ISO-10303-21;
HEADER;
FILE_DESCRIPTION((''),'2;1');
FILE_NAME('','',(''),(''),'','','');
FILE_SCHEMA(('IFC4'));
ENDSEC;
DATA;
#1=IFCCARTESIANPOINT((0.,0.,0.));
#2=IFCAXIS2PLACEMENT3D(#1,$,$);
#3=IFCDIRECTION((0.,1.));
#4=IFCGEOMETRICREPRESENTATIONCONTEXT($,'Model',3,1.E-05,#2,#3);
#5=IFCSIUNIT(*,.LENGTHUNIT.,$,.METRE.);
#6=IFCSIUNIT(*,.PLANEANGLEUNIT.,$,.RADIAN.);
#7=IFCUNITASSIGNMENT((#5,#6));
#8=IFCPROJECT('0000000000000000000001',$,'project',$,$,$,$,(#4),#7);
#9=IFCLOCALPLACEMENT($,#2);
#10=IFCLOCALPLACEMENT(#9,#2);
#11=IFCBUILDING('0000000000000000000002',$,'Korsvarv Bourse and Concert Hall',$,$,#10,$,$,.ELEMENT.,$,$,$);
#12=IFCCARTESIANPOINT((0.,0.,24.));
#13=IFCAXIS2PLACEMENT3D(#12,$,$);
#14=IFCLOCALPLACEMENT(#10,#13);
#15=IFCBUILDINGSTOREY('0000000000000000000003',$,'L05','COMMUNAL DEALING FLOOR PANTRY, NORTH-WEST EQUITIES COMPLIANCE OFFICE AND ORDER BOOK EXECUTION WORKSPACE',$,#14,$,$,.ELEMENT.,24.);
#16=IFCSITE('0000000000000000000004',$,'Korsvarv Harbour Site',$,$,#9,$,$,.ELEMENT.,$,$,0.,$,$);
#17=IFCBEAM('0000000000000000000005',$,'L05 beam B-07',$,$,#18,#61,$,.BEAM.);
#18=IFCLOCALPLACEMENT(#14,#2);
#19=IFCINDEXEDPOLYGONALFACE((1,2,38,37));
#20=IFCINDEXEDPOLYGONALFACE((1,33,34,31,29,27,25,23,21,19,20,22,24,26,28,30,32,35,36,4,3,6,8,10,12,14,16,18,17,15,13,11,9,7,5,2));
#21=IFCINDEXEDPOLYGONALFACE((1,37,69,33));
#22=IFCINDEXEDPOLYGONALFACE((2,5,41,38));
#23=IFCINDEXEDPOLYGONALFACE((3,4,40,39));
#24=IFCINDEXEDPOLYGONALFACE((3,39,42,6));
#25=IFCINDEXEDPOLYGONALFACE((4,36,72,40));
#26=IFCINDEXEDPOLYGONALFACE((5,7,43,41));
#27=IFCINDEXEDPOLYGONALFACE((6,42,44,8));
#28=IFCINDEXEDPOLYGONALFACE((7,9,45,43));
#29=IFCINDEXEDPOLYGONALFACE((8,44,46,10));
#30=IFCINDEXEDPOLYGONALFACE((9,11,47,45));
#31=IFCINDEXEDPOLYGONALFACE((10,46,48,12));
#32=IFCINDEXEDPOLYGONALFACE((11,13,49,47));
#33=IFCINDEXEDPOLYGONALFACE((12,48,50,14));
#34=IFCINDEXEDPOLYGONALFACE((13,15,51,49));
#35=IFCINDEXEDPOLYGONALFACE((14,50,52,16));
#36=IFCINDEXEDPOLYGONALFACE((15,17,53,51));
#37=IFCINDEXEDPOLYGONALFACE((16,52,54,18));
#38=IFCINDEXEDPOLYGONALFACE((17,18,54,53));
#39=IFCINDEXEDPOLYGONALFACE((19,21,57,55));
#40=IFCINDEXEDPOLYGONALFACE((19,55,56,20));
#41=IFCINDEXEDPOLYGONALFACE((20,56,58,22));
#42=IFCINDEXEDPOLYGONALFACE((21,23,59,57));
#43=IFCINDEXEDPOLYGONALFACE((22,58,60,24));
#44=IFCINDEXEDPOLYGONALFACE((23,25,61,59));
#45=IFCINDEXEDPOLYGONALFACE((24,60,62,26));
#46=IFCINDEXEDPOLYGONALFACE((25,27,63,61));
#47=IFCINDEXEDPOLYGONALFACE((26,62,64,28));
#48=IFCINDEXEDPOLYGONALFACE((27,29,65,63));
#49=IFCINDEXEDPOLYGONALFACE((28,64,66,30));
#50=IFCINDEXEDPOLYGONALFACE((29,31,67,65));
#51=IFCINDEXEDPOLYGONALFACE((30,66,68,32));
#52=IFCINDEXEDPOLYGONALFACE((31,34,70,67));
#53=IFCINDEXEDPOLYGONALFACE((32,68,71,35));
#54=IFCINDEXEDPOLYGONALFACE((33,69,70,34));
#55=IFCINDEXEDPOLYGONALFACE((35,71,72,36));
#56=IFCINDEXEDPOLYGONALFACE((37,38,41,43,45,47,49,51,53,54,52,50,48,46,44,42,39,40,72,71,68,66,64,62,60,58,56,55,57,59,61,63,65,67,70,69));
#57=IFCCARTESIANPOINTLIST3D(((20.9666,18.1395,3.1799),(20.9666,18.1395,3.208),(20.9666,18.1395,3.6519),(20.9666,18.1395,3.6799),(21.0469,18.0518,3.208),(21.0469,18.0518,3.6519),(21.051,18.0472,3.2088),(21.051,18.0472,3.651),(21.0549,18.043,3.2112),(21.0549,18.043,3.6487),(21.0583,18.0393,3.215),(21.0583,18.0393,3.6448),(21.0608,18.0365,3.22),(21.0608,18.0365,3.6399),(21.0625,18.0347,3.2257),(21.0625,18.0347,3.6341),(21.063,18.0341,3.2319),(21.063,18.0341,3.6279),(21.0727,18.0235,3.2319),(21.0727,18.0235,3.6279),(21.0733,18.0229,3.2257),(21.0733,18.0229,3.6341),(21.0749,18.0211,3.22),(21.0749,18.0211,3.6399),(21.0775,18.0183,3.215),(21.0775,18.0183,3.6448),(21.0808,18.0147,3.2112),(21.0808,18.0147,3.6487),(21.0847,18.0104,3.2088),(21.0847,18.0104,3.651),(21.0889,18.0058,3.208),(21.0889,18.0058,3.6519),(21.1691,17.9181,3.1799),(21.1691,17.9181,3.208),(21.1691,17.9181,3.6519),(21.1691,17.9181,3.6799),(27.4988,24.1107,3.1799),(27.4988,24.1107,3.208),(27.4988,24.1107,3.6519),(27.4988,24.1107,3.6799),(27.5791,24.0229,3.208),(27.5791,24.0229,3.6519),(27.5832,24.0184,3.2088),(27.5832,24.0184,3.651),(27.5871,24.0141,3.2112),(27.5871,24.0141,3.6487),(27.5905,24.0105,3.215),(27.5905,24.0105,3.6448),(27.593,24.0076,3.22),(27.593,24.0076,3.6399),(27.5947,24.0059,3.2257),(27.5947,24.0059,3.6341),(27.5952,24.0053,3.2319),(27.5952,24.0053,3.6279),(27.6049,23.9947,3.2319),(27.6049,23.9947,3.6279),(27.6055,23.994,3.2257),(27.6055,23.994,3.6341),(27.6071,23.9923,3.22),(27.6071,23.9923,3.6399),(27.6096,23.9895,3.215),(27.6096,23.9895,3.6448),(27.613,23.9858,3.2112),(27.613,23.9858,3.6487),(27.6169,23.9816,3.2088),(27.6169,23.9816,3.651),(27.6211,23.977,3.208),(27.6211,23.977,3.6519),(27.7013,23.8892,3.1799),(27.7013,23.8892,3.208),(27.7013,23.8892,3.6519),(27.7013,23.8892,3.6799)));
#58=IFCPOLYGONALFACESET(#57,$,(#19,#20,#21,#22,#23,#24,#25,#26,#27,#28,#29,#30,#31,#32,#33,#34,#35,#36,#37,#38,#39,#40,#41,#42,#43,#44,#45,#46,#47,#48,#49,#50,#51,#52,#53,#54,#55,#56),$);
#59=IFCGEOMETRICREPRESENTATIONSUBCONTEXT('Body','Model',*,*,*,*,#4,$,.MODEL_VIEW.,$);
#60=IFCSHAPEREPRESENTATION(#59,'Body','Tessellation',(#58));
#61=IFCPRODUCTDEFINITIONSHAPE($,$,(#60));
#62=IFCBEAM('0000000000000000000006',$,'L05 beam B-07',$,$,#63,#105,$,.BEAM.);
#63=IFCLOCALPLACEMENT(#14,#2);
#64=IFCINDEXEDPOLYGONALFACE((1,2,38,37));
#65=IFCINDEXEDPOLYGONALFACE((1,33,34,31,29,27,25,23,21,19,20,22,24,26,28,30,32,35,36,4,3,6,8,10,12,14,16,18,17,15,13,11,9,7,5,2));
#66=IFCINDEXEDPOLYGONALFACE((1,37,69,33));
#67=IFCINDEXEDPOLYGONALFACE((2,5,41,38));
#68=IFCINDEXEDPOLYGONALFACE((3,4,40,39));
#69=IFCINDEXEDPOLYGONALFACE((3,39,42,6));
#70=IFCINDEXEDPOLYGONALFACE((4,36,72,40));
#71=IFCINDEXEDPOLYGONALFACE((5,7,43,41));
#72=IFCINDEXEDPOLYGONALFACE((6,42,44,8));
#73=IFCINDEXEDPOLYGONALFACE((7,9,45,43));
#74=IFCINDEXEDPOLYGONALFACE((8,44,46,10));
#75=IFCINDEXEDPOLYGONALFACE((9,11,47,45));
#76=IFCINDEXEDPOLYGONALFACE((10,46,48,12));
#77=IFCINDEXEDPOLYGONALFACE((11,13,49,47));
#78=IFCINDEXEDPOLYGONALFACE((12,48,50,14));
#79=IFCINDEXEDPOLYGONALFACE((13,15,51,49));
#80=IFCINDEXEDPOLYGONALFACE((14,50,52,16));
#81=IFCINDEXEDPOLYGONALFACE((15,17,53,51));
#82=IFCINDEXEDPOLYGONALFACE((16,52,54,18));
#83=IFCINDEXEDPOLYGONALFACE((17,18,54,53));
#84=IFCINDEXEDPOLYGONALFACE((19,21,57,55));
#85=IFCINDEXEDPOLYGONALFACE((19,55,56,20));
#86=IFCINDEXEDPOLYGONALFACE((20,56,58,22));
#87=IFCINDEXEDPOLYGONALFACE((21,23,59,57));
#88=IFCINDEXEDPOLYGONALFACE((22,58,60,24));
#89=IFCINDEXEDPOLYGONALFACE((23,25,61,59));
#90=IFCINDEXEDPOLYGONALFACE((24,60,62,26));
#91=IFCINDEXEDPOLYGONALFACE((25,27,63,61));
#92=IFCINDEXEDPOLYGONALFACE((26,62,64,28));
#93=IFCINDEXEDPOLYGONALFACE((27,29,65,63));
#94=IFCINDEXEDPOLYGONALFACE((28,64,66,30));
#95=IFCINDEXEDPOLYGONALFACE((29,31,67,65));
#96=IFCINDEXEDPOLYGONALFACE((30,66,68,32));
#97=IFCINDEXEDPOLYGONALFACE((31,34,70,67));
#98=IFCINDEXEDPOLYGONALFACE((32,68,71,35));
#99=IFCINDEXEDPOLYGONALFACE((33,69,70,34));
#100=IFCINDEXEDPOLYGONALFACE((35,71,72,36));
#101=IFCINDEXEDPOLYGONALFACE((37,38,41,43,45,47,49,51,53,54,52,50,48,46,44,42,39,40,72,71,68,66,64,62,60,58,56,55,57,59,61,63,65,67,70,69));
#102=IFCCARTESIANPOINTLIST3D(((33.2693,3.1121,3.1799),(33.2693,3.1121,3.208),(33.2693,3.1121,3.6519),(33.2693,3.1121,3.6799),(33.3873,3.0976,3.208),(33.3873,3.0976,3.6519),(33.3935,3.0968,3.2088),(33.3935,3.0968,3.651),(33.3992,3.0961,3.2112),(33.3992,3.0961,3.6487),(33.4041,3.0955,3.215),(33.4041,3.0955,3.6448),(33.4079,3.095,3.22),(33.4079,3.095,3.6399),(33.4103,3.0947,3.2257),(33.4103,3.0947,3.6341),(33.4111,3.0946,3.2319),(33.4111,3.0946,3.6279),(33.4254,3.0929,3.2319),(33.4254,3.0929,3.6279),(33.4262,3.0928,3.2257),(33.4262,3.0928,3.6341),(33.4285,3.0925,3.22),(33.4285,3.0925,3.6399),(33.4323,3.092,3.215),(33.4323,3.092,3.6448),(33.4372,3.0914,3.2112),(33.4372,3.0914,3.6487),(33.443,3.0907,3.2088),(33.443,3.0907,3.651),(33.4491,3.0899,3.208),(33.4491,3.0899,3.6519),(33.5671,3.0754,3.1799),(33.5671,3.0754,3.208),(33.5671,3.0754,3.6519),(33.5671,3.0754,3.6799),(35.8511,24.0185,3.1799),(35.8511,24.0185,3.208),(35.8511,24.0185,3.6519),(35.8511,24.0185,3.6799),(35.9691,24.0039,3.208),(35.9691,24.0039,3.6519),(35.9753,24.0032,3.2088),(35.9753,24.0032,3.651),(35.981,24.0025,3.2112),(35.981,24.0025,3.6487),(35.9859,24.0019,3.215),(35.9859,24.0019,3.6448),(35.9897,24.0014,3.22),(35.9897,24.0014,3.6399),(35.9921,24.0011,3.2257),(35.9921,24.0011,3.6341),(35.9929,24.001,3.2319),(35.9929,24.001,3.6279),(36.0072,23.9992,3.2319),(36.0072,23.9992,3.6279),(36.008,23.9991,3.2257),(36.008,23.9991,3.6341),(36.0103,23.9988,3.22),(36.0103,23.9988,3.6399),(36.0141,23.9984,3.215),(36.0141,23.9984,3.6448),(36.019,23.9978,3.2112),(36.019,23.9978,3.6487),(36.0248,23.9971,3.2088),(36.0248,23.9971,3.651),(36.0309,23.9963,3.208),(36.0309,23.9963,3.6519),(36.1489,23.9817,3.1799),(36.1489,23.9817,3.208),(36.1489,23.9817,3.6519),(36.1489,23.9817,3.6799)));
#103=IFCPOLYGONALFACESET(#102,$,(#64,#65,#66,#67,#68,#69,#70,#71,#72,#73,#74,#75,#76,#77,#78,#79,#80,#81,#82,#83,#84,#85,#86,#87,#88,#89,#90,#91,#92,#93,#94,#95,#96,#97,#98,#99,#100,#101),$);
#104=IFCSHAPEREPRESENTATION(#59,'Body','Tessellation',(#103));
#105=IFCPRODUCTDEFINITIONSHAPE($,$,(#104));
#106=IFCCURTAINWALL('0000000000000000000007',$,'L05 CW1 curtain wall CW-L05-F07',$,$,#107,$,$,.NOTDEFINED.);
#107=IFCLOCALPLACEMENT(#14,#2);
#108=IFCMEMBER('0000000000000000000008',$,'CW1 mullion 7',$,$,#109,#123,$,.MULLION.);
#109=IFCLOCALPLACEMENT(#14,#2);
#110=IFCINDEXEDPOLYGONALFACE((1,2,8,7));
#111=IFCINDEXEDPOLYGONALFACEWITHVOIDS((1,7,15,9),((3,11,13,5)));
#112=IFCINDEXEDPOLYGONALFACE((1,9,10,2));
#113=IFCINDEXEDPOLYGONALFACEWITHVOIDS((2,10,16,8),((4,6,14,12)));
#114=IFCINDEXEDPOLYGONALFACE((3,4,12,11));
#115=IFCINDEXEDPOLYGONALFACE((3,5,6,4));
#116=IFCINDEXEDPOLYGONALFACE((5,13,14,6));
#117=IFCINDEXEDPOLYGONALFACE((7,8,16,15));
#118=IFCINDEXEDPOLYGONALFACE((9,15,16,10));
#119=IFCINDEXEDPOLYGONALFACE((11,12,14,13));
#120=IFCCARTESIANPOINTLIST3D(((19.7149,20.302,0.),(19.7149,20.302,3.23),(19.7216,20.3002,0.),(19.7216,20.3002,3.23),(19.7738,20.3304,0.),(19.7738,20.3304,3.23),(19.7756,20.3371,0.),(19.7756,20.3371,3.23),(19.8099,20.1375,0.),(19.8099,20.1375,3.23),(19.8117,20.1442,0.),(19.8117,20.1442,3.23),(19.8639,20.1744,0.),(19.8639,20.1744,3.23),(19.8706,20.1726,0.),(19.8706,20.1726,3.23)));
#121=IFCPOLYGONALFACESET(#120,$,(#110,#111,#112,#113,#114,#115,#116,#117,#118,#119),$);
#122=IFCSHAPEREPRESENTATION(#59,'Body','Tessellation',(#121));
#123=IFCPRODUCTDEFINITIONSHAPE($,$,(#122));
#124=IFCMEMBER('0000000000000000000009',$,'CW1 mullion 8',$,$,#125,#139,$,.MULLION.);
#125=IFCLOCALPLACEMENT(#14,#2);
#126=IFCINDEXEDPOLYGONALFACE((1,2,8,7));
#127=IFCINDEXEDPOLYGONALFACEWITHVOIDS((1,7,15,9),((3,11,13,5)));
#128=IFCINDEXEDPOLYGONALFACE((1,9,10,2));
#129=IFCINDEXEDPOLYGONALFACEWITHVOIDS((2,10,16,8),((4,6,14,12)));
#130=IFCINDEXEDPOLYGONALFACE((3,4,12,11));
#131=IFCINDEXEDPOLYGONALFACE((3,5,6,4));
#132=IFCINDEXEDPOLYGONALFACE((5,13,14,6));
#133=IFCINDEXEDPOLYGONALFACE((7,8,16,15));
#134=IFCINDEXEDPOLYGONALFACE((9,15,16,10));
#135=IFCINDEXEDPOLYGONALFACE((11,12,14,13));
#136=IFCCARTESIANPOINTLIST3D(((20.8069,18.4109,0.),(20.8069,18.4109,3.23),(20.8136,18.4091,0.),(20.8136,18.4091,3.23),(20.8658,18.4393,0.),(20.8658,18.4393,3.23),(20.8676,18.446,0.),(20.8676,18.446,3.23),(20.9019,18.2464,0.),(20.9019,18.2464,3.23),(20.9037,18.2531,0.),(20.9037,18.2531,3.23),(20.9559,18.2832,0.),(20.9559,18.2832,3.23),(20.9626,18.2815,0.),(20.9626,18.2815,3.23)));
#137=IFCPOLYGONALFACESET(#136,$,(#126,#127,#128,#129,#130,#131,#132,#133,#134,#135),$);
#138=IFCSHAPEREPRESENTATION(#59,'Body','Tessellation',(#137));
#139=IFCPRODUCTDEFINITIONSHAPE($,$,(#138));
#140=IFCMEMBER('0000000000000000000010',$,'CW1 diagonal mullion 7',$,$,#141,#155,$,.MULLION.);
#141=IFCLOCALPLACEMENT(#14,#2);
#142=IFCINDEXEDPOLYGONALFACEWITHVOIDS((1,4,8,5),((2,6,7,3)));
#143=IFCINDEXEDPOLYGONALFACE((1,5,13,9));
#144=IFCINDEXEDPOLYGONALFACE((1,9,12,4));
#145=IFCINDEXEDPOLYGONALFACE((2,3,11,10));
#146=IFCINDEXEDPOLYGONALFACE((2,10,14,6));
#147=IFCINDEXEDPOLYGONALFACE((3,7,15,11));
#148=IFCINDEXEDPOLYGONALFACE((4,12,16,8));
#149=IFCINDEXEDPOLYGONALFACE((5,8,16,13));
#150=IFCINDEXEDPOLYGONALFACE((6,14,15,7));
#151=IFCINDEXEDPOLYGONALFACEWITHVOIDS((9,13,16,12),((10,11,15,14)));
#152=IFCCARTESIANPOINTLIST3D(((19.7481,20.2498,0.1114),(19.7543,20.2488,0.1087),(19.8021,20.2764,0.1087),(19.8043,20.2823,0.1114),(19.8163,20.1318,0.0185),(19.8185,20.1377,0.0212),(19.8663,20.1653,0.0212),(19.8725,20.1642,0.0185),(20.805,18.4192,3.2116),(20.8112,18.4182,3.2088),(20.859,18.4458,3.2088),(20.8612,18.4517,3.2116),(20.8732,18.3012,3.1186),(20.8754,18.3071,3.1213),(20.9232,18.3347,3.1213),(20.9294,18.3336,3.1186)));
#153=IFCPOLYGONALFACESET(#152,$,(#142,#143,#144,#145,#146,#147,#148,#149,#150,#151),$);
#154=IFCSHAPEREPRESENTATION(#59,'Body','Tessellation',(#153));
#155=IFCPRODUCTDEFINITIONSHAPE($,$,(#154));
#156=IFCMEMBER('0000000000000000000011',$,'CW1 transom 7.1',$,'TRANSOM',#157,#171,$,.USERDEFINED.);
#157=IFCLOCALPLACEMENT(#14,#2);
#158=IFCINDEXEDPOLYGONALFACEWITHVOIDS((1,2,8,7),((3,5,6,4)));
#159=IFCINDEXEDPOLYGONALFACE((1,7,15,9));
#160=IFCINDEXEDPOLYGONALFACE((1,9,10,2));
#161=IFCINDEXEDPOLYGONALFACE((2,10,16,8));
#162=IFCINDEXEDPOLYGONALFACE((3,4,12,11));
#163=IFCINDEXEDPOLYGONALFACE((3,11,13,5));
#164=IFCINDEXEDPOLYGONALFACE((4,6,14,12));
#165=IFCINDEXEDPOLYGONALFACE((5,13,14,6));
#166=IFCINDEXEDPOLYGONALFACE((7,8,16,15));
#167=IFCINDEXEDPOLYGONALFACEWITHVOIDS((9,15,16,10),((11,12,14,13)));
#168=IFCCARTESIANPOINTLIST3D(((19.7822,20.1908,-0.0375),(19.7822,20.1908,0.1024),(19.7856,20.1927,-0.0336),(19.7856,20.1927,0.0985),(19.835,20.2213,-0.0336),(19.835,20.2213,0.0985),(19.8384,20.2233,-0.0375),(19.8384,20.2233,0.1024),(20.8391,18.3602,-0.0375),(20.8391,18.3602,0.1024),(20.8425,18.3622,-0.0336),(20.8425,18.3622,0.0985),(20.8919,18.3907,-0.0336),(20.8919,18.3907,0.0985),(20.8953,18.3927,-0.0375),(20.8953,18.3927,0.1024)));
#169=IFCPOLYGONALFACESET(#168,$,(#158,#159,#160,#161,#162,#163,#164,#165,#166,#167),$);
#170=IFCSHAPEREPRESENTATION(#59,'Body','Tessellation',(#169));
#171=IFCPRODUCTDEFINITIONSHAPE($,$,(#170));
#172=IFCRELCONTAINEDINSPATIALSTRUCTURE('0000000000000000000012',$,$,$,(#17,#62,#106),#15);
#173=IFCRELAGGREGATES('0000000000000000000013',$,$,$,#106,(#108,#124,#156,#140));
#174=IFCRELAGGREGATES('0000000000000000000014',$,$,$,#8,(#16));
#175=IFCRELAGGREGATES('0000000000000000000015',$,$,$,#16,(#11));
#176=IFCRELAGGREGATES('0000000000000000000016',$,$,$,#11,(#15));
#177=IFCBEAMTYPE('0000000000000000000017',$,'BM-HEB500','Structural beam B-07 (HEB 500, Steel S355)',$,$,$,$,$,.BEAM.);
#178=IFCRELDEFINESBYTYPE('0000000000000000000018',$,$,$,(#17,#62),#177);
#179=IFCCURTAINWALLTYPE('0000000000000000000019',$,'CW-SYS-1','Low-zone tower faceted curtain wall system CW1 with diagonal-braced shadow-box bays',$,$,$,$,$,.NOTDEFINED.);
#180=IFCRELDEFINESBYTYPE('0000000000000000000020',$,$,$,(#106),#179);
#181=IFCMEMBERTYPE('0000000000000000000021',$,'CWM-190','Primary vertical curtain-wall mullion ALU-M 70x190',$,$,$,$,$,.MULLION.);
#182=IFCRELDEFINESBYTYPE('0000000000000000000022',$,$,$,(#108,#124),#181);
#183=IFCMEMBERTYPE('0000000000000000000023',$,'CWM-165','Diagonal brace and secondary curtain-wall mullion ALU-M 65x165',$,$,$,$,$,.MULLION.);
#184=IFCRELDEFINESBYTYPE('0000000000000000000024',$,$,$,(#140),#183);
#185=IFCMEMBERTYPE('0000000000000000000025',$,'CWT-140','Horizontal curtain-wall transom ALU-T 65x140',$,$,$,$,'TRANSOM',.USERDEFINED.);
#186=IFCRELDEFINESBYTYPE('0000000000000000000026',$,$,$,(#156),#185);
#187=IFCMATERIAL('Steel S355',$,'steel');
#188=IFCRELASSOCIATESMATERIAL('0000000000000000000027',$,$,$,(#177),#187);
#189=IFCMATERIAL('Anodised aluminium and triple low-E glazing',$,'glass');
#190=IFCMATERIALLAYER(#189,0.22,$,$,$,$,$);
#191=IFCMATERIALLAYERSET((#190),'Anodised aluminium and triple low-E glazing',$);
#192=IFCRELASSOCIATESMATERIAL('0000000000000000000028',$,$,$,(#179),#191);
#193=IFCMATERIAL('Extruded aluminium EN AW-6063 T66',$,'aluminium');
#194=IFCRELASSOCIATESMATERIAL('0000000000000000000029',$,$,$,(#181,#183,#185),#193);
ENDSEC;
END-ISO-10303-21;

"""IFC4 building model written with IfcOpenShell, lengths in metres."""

from ifc_helpers import new_model, si_unit, direction, frame, origin, origin_2d, place, context, subcontext, project, spatial, hollow_rectangle, i_section, extrude, source, transform, mapped, material, layer, layer_set, material_profile, profile_set, type_object, element, aggregate, save


model = new_model("IFC4")

# Units and contexts
model_context = context("Model", 3, precision=1e-05, world=origin(), true_north=direction((0.0, 1.0)))
body_context = subcontext(model_context, "Body", "Model", "MODEL_VIEW")
ifc_project = project(units=[si_unit("LENGTHUNIT", "METRE"), si_unit("PLANEANGLEUNIT", "RADIAN")], contexts=[model_context])

# Site, building, storey
site_placement = place(None, origin())
site = spatial("IfcSite", under=ifc_project, at=site_placement, Name="Korsvarv Harbour Site", CompositionType="ELEMENT", RefElevation=0.0)
building_placement = place(site_placement, origin())
building = spatial("IfcBuilding", under=site, at=building_placement, Name="Korsvarv Bourse and Concert Hall", CompositionType="ELEMENT")
storey_placement = place(building_placement, frame((0.0, 0.0, 24.0)))
storey = spatial("IfcBuildingStorey", under=building, at=storey_placement, Name="L05", Description="COMMUNAL DEALING FLOOR PANTRY, NORTH-WEST EQUITIES COMPLIANCE OFFICE AND ORDER BOOK EXECUTION WORKSPACE", CompositionType="ELEMENT", Elevation=24.0)

# Beams
ifc_material_1 = material(Name="Steel S355", Category="steel")
ifc_material_profile_1 = material_profile(ifc_material_1, i_section(OverallWidth=0.3, OverallDepth=0.5, WebThickness=0.0144, FlangeThickness=0.0281, FilletRadius=0.0239, at=origin_2d()), Name="HEB 500")
ifc_profile_set_1 = profile_set([ifc_material_profile_1], Name="Steel S355")
beam_type_1 = type_object("IfcBeamType", Name="BM-HEB500", Description="Structural beam B-07 (HEB 500, Steel S355)", PredefinedType="BEAM", material=ifc_profile_set_1)
shared_shape_1 = source(origin(), body_context, "Body", "SweptSolid", [
    extrude(i_section(OverallWidth=0.3, OverallDepth=0.5, WebThickness=0.0144, FlangeThickness=0.0281, FilletRadius=0.0239, at=origin_2d()), origin(), (0.0, 0.0, 1.0), 8.8501),
])
beam_1_placement = place(storey_placement, frame((21.0679, 18.0288, 3.4299), z_axis=(0.738092, 0.6747, 0.0), x_axis=(-0.6747, 0.738092, 0.0)))
element("IfcBeam", 1, at=beam_1_placement, inside=storey, type_object=beam_type_1, Name="L05 beam B-07", PredefinedType="BEAM", context=body_context, shape_type="MappedRepresentation", body=[
    mapped(shared_shape_1, transform((0.0, 0.0, 0.0), scale=1.0)),
])
shared_shape_2 = source(origin(), body_context, "Body", "SweptSolid", [
    extrude(i_section(OverallWidth=0.3, OverallDepth=0.5, WebThickness=0.0144, FlangeThickness=0.0281, FilletRadius=0.0239, at=origin_2d()), origin(), (0.0, 0.0, 1.0), 21.0652),
])
beam_2_placement = place(storey_placement, frame((33.4182, 3.0938, 3.4299), z_axis=(0.122563, 0.992461, 0.0), x_axis=(-0.992461, 0.122563, 0.0)))
element("IfcBeam", 2, at=beam_2_placement, inside=storey, type_object=beam_type_1, Name="L05 beam B-07", PredefinedType="BEAM", context=body_context, shape_type="MappedRepresentation", body=[
    mapped(shared_shape_2, transform((0.0, 0.0, 0.0), scale=1.0)),
])

# Curtain wall, members
ifc_material_2 = material(Name="Anodised aluminium and triple low-E glazing", Category="glass")
ifc_layer_1 = layer(ifc_material_2, 0.22)
ifc_layer_set_1 = layer_set([ifc_layer_1], Name="Anodised aluminium and triple low-E glazing")
curtain_wall_type = type_object("IfcCurtainWallType", Name="CW-SYS-1", Description="Low-zone tower faceted curtain wall system CW1 with diagonal-braced shadow-box bays", PredefinedType="NOTDEFINED", material=ifc_layer_set_1)
curtain_wall_placement = place(storey_placement, origin())
curtain_wall = element("IfcCurtainWall", 3, at=curtain_wall_placement, inside=storey, type_object=curtain_wall_type, Name="L05 CW1 curtain wall CW-L05-F07", PredefinedType="NOTDEFINED")
ifc_material_3 = material(Name="Extruded aluminium EN AW-6063 T66", Category="aluminium")
ifc_material_profile_2 = material_profile(ifc_material_3, hollow_rectangle(XDim=0.0701, YDim=0.1899, WallThickness=0.0049, at=origin_2d()), Name="ALU-M 70x190")
ifc_profile_set_2 = profile_set([ifc_material_profile_2], Name="Extruded aluminium EN AW-6063 T66")
member_type_1 = type_object("IfcMemberType", Name="CWM-190", Description="Primary vertical curtain-wall mullion ALU-M 70x190", PredefinedType="MULLION", material=ifc_profile_set_2)
shared_shape_3 = source(origin(), body_context, "Body", "SweptSolid", [
    extrude(hollow_rectangle(XDim=0.0701, YDim=0.1899, WallThickness=0.0049, at=origin_2d()), origin(), (0.0, 0.0, 1.0), 3.23),
])
member_1_placement = place(storey_placement, frame((19.7927, 20.2373, 0.0), z_axis=(0.0, 0.0, 1.0), x_axis=(0.866029, 0.499995, 0.0)))
member_1 = element("IfcMember", 4, at=member_1_placement, type_object=member_type_1, Name="CW1 mullion 7", PredefinedType="MULLION", context=body_context, shape_type="MappedRepresentation", body=[
    mapped(shared_shape_3, transform((0.0, 0.0, 0.0), scale=1.0)),
])
member_2_placement = place(storey_placement, frame((20.8848, 18.3462, 0.0), z_axis=(0.0, 0.0, 1.0), x_axis=(0.866029, 0.499995, 0.0)))
member_2 = element("IfcMember", 5, at=member_2_placement, type_object=member_type_1, Name="CW1 mullion 8", PredefinedType="MULLION", context=body_context, shape_type="MappedRepresentation", body=[
    mapped(shared_shape_3, transform((0.0, 0.0, 0.0), scale=1.0)),
])
ifc_material_profile_3 = material_profile(ifc_material_3, hollow_rectangle(XDim=0.0649, YDim=0.165, WallThickness=0.0049, at=origin_2d()), Name="ALU-M 65x165")
ifc_profile_set_3 = profile_set([ifc_material_profile_3], Name="Extruded aluminium EN AW-6063 T66")
member_type_2 = type_object("IfcMemberType", Name="CWM-165", Description="Diagonal brace and secondary curtain-wall mullion ALU-M 65x165", PredefinedType="MULLION", material=ifc_profile_set_3)
shared_shape_4 = source(origin(), body_context, "Body", "SweptSolid", [
    extrude(hollow_rectangle(XDim=0.0649, YDim=0.165, WallThickness=0.0049, at=origin_2d()), origin(), (0.0, 0.0, 1.0), 3.7522),
])
member_3_placement = place(storey_placement, frame((19.8103, 20.207, 0.0649), z_axis=(0.281675, -0.487872, 0.82622), x_axis=(0.866024, 0.500002, 0.0)))
member_3 = element("IfcMember", 6, at=member_3_placement, type_object=member_type_2, Name="CW1 diagonal mullion 7", PredefinedType="MULLION", context=body_context, shape_type="MappedRepresentation", body=[
    mapped(shared_shape_4, transform((0.0, 0.0, 0.0), scale=1.0)),
])
ifc_material_profile_4 = material_profile(ifc_material_3, hollow_rectangle(XDim=0.0649, YDim=0.1399, WallThickness=0.0039, at=origin_2d()), Name="ALU-T 65x140")
ifc_profile_set_4 = profile_set([ifc_material_profile_4], Name="Extruded aluminium EN AW-6063 T66")
member_type_3 = type_object("IfcMemberType", Name="CWT-140", Description="Horizontal curtain-wall transom ALU-T 65x140", ElementType="TRANSOM", PredefinedType="USERDEFINED", material=ifc_profile_set_4)
shared_shape_5 = source(origin(), body_context, "Body", "SweptSolid", [
    extrude(hollow_rectangle(XDim=0.0649, YDim=0.1399, WallThickness=0.0039, at=origin_2d()), origin(), (0.0, 0.0, 1.0), 2.1138),
])
member_4_placement = place(storey_placement, frame((19.8103, 20.207, 0.0325), z_axis=(0.500002, -0.866024, 0.0), x_axis=(0.866024, 0.500002, 0.0)))
member_4 = element("IfcMember", 7, at=member_4_placement, type_object=member_type_3, Name="CW1 transom 7.1", ObjectType="TRANSOM", PredefinedType="USERDEFINED", context=body_context, shape_type="MappedRepresentation", body=[
    mapped(shared_shape_5, transform((0.0, 0.0, 0.0), scale=1.0)),
])
aggregate(curtain_wall, [member_1, member_2, member_4, member_3])

save(model, "model.ifc")
